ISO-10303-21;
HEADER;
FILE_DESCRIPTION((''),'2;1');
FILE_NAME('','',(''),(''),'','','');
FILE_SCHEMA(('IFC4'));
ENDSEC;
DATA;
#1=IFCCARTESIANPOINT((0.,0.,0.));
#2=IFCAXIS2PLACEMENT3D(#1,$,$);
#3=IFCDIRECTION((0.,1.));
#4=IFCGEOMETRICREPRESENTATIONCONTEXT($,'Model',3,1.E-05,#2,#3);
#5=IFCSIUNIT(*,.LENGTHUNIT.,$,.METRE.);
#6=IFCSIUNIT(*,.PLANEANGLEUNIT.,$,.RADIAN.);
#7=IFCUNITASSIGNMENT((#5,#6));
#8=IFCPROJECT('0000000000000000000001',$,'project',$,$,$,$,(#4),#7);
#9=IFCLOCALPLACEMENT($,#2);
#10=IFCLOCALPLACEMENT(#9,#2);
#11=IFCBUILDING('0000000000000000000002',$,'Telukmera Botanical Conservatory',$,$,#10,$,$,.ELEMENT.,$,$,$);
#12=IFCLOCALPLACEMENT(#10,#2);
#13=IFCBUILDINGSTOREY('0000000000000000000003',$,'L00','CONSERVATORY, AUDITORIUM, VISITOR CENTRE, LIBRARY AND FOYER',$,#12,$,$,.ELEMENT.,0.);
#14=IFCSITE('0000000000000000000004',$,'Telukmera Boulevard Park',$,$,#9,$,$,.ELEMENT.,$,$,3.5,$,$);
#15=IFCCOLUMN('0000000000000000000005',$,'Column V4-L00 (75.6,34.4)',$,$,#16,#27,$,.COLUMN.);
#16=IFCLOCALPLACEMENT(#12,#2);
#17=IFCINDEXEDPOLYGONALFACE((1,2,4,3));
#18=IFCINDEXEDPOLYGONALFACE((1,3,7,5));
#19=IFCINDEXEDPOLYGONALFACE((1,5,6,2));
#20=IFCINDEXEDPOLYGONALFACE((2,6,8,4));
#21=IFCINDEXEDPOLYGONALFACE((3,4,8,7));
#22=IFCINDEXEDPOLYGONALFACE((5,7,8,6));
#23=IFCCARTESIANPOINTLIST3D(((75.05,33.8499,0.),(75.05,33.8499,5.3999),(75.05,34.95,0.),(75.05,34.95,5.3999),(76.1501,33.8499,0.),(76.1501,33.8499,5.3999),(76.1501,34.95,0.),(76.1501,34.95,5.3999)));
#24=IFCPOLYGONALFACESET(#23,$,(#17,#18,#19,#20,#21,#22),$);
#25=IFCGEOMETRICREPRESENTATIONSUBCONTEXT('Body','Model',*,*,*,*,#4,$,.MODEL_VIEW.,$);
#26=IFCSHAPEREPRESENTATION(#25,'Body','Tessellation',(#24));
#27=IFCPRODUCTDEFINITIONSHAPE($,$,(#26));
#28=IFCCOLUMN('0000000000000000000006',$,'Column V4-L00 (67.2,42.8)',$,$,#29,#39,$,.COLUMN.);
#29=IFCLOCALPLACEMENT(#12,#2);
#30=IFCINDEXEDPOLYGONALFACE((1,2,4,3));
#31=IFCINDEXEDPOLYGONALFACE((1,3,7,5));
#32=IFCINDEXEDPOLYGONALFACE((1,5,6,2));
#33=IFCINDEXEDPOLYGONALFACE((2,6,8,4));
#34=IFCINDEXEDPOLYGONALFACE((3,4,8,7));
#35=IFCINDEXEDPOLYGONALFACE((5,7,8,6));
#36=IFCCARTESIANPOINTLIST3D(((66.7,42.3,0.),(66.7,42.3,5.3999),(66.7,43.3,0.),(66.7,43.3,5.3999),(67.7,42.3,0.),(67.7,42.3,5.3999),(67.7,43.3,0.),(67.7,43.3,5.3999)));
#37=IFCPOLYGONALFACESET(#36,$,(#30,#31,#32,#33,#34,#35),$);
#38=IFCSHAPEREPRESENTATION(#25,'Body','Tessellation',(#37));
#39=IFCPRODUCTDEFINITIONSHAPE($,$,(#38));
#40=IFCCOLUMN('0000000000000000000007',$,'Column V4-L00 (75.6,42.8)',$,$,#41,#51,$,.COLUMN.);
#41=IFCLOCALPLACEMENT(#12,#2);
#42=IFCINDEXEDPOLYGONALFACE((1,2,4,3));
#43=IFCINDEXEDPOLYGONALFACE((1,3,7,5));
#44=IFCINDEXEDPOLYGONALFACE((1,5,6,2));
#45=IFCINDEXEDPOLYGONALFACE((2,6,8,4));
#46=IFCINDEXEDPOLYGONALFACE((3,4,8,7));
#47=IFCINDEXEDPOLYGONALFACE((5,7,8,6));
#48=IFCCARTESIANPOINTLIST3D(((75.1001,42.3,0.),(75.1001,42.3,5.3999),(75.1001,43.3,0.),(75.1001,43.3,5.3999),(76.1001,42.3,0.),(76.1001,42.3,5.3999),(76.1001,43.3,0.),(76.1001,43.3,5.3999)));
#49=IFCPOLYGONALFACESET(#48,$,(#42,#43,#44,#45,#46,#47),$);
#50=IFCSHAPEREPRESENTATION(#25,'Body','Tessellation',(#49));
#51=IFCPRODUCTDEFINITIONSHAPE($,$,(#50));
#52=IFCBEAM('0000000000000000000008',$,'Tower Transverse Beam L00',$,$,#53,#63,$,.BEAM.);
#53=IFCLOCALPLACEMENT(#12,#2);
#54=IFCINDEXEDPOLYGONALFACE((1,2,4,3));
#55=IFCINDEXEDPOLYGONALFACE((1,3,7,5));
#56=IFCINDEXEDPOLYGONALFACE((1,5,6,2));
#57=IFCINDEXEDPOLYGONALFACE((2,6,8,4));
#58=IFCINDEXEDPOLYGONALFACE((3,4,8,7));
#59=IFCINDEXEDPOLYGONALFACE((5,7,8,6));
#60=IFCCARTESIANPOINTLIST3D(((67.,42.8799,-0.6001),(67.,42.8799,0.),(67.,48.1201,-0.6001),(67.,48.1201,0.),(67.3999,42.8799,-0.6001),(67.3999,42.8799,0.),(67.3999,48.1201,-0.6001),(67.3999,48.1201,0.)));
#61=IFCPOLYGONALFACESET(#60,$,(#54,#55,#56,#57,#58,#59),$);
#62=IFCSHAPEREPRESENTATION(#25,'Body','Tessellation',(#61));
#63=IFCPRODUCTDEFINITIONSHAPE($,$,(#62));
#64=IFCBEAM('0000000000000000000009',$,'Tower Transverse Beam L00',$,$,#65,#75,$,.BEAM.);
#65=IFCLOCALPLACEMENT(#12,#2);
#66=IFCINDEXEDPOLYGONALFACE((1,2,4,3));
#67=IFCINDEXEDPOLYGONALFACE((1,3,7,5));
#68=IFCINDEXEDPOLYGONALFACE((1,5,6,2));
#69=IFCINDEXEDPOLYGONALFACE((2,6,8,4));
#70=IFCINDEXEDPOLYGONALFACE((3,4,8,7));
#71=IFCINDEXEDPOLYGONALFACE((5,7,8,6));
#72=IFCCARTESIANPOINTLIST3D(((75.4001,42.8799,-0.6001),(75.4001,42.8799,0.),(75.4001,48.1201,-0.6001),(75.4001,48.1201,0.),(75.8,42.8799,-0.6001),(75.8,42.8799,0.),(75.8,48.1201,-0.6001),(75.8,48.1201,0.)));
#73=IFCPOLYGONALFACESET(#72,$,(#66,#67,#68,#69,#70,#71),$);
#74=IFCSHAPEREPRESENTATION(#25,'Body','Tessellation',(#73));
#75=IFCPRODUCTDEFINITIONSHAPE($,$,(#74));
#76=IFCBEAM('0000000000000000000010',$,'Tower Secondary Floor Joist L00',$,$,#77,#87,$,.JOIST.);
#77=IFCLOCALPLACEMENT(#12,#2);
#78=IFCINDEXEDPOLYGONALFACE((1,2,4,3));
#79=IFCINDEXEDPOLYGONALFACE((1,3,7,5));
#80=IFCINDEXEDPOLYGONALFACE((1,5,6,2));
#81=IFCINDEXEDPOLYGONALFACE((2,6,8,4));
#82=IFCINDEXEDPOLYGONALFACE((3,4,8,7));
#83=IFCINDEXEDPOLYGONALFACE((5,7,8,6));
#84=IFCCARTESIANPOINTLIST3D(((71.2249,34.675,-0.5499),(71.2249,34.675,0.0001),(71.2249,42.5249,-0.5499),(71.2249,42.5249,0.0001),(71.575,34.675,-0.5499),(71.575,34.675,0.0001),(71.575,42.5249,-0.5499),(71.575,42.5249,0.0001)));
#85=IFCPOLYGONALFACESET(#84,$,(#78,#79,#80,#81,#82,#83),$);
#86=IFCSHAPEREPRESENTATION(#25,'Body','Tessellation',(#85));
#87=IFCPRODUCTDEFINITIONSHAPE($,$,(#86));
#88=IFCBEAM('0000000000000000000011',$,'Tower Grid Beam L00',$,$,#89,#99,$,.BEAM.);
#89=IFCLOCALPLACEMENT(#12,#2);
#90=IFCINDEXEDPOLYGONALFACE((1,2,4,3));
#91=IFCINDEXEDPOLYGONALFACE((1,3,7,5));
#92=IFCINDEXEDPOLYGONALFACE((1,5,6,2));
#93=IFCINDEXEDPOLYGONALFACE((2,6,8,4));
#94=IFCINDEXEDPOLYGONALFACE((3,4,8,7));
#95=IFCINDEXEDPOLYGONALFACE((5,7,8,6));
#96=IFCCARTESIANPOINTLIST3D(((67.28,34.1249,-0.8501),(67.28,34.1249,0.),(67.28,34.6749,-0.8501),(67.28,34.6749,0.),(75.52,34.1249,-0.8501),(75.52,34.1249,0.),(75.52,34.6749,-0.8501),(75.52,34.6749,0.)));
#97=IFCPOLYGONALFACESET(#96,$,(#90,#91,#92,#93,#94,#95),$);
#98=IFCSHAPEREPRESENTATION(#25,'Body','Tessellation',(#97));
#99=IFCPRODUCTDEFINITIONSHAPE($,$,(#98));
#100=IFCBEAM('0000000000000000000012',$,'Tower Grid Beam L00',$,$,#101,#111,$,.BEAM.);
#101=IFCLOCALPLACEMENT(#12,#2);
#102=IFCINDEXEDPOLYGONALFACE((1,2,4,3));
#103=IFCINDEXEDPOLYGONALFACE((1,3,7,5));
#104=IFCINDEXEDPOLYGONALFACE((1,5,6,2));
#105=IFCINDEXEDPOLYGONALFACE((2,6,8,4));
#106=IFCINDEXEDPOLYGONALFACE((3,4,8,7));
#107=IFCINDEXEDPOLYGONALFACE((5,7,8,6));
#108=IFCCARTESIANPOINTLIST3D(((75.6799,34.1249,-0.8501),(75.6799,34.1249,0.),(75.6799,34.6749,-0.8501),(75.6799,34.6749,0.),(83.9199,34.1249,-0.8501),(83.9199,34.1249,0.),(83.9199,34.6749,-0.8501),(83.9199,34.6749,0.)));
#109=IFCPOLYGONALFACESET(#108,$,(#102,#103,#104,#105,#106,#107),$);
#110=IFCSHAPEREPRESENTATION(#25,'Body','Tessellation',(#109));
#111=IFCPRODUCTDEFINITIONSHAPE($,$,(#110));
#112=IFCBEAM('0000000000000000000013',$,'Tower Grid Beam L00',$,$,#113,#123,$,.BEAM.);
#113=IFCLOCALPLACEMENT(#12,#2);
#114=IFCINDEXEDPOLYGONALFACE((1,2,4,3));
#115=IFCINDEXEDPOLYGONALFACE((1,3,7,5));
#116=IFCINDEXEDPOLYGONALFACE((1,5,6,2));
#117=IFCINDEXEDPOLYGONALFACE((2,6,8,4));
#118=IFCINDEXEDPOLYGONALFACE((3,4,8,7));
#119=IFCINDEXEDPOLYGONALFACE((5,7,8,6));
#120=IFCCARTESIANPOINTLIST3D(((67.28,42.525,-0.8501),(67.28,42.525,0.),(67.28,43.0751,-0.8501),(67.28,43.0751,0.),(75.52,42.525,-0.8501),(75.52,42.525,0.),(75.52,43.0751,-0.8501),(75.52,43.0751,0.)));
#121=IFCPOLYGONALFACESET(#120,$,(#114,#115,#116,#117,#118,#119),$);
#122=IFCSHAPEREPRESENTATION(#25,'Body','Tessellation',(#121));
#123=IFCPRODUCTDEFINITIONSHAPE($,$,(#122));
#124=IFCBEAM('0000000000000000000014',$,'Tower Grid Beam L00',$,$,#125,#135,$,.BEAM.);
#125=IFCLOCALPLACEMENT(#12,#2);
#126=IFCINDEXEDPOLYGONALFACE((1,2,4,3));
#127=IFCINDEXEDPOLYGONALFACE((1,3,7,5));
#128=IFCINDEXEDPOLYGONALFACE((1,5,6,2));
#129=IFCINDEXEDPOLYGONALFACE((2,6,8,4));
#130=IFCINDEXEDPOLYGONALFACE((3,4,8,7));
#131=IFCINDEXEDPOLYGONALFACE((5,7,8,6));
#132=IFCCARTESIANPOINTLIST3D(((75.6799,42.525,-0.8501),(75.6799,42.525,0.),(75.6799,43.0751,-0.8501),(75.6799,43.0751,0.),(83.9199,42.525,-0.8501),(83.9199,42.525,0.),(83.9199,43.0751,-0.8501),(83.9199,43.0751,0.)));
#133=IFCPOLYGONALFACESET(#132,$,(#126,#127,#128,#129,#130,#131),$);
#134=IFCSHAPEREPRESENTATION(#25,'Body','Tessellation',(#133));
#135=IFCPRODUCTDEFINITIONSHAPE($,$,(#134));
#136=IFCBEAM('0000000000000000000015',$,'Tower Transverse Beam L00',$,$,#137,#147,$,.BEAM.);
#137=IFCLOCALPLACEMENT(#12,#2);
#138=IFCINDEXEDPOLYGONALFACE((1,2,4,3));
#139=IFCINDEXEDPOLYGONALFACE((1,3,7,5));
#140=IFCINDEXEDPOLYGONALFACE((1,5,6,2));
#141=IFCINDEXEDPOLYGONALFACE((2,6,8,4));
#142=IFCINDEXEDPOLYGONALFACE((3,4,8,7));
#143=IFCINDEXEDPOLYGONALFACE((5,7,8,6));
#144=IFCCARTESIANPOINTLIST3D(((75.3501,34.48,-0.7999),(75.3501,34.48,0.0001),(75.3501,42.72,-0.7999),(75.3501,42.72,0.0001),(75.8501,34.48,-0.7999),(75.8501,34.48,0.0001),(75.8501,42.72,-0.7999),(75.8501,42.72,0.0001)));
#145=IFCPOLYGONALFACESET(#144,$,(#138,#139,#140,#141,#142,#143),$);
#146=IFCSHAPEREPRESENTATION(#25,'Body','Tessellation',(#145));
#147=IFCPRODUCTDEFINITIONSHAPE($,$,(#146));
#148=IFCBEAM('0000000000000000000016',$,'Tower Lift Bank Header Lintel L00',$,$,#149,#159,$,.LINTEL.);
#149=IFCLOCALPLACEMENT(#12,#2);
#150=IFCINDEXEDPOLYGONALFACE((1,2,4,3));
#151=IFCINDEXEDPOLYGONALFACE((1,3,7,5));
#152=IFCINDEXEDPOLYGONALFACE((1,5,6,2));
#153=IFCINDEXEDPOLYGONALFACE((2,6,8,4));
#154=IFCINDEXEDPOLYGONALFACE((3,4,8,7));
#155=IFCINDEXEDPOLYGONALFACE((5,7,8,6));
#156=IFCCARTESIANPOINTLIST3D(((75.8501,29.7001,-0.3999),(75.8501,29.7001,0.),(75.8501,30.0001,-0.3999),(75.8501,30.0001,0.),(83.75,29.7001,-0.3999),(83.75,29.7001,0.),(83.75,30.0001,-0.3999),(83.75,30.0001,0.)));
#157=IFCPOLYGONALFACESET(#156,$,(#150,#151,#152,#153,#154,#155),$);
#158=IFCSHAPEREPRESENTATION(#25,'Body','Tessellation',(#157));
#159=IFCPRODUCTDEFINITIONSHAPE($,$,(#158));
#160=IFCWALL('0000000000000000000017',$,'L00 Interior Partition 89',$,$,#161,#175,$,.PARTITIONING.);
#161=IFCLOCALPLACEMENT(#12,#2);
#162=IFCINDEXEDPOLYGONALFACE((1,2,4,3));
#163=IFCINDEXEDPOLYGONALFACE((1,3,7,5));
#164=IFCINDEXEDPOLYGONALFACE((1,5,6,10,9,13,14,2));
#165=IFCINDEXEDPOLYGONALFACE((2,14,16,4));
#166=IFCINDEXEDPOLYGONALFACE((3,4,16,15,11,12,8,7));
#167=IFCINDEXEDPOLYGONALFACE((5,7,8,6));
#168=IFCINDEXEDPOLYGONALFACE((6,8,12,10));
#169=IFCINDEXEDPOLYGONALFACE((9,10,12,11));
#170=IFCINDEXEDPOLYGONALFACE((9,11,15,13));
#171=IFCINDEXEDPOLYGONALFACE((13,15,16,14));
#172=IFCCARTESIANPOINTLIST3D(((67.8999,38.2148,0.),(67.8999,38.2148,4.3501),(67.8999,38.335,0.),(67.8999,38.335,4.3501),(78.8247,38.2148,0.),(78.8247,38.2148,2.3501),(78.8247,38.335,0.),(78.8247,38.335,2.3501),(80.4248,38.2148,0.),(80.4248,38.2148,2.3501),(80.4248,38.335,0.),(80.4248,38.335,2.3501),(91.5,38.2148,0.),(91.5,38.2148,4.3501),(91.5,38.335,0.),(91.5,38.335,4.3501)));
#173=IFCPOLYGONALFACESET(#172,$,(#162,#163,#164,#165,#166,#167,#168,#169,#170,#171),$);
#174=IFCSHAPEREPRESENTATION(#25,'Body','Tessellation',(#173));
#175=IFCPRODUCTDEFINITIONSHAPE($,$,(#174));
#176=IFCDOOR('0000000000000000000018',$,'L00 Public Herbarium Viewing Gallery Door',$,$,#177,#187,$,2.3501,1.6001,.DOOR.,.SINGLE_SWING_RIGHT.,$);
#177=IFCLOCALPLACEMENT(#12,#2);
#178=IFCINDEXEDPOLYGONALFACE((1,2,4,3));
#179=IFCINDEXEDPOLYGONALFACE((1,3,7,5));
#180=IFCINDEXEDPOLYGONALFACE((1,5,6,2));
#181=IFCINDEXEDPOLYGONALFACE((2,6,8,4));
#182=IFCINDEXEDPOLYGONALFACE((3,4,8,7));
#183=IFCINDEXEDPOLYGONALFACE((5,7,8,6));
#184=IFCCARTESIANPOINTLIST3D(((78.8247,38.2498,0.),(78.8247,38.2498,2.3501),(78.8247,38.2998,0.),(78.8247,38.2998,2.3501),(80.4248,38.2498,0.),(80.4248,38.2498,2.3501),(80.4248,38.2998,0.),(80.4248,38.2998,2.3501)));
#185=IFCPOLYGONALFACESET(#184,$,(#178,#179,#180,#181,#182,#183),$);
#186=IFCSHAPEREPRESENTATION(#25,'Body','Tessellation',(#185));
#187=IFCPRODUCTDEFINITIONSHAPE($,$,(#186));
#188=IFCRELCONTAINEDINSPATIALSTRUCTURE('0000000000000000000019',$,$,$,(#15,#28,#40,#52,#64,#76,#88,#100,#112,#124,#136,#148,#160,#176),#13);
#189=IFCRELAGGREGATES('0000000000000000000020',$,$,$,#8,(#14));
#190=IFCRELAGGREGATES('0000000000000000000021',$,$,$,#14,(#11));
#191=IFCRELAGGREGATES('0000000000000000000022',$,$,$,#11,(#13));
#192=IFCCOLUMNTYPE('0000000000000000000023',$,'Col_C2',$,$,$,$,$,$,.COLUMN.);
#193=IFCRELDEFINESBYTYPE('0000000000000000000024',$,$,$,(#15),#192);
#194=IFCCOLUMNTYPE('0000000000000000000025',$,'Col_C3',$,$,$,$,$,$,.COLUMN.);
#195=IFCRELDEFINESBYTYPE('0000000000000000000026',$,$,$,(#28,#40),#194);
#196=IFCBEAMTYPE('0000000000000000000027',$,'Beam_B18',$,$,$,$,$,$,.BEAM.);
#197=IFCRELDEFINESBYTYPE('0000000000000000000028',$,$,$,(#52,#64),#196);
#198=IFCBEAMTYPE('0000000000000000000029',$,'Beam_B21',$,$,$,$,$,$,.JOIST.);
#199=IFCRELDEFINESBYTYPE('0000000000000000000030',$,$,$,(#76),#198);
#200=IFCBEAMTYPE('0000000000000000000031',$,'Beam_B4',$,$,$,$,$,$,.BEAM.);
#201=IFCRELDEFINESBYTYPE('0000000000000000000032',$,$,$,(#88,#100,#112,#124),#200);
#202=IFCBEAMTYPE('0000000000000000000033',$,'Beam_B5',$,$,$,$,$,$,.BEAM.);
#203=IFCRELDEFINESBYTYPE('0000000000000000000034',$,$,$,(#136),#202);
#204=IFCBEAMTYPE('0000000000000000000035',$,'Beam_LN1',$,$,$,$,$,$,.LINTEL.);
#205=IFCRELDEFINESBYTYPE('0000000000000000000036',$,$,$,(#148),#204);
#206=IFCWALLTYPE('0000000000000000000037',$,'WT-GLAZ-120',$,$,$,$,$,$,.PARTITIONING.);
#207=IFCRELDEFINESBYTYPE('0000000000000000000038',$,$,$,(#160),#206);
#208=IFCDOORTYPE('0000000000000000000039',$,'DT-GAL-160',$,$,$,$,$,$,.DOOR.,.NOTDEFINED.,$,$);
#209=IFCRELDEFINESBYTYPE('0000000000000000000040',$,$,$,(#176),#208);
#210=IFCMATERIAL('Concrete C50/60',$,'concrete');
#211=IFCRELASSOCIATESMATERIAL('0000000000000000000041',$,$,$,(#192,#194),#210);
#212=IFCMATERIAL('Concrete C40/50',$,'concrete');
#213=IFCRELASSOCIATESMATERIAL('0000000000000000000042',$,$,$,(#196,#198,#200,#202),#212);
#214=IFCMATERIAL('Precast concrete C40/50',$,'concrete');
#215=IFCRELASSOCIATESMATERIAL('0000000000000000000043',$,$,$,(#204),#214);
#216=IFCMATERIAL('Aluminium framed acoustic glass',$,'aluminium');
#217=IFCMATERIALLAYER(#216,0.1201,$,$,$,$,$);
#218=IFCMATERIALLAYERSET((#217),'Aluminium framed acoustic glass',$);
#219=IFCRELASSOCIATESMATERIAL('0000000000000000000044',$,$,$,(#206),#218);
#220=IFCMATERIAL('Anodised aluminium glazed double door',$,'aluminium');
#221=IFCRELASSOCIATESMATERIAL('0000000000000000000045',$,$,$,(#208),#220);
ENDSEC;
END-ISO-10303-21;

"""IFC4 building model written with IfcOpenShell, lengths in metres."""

from ifc_helpers import new_model, si_unit, direction, frame, frame_2d, origin, origin_2d, place, context, subcontext, project, spatial, rectangle, extrude, material, layer, layer_set, material_profile, profile_set, type_object, element, fill, save


model = new_model("IFC4")

# Units and contexts
model_context = context("Model", 3, precision=1e-05, world=origin(), true_north=direction((0.0, 1.0)))
body_context = subcontext(model_context, "Body", "Model", "MODEL_VIEW")
ifc_project = project(units=[si_unit("LENGTHUNIT", "METRE"), si_unit("PLANEANGLEUNIT", "RADIAN")], contexts=[model_context])

# Site, building, storey
site_placement = place(None, origin())
site = spatial("IfcSite", under=ifc_project, at=site_placement, Name="Telukmera Boulevard Park", CompositionType="ELEMENT", RefElevation=3.5)
building_placement = place(site_placement, origin())
building = spatial("IfcBuilding", under=site, at=building_placement, Name="Telukmera Botanical Conservatory", CompositionType="ELEMENT")
storey_placement = place(building_placement, origin())
storey = spatial("IfcBuildingStorey", under=building, at=storey_placement, Name="L00", Description="CONSERVATORY, AUDITORIUM, VISITOR CENTRE, LIBRARY AND FOYER", CompositionType="ELEMENT", Elevation=0.0)

# Columns
ifc_material_1 = material(Name="Concrete C50/60", Category="concrete")
ifc_material_profile_1 = material_profile(ifc_material_1, rectangle(XDim=1.1001, YDim=1.1001, at=origin_2d()), Name="RC 1100x1100")
ifc_profile_set_1 = profile_set([ifc_material_profile_1], Name="Concrete C50/60")
column_type_1 = type_object("IfcColumnType", Name="Col_C2", PredefinedType="COLUMN", material=ifc_profile_set_1)
column_placement = place(storey_placement, frame((75.6001, 34.3999, 0.0), z_axis=(0.0, 0.0, 1.0), x_axis=(1.0, 0.0, 0.0)))
element("IfcColumn", 1, at=column_placement, inside=storey, type_object=column_type_1, Name="Column V4-L00 (75.6,34.4)", PredefinedType="COLUMN", context=body_context, shape_type="SweptSolid", body=[
    extrude(rectangle(XDim=1.1001, YDim=1.1001, at=origin_2d()), origin(), (0.0, 0.0, 1.0), 5.3999),
])
ifc_material_profile_2 = material_profile(ifc_material_1, rectangle(XDim=1.0, YDim=1.0, at=origin_2d()), Name="RC 1000x1000")
ifc_profile_set_2 = profile_set([ifc_material_profile_2], Name="Concrete C50/60")
column_type_2 = type_object("IfcColumnType", Name="Col_C3", PredefinedType="COLUMN", material=ifc_profile_set_2)
for number, where, z_axis, x_axis, name in (
    (2, (67.2, 42.8, 0.0), (0.0, 0.0, 1.0), (1.0, 0.0, 0.0), "Column V4-L00 (67.2,42.8)"),
    (3, (75.6001, 42.8, 0.0), (0.0, 0.0, 1.0), (1.0, 0.0, 0.0), "Column V4-L00 (75.6,42.8)"),
):
    element("IfcColumn", number, at=place(storey_placement, frame(where, z_axis=z_axis, x_axis=x_axis)), inside=storey, type_object=column_type_2, Name=name, PredefinedType="COLUMN", context=body_context, shape_type="SweptSolid", body=[
        extrude(rectangle(XDim=1.0, YDim=1.0, at=origin_2d()), origin(), (0.0, 0.0, 1.0), 5.3999),
    ])

# Beams
ifc_material_2 = material(Name="Concrete C40/50", Category="concrete")
ifc_material_profile_3 = material_profile(ifc_material_2, rectangle(XDim=0.3999, YDim=0.6001, at=origin_2d()), Name="RC 400x600")
ifc_profile_set_3 = profile_set([ifc_material_profile_3], Name="Concrete C40/50")
beam_type_1 = type_object("IfcBeamType", Name="Beam_B18", PredefinedType="BEAM", material=ifc_profile_set_3)
for number, where, z_axis, x_axis, name in (
    (4, (67.2, 42.8799, -0.3), (0.0, 1.0, 0.0), (-1.0, 0.0, 0.0), "Tower Transverse Beam L00"),
    (5, (75.6001, 42.8799, -0.3), (0.0, 1.0, 0.0), (-1.0, 0.0, 0.0), "Tower Transverse Beam L00"),
):
    element("IfcBeam", number, at=place(storey_placement, frame(where, z_axis=z_axis, x_axis=x_axis)), inside=storey, type_object=beam_type_1, Name=name, PredefinedType="BEAM", context=body_context, shape_type="SweptSolid", body=[
        extrude(rectangle(XDim=0.3999, YDim=0.6001, at=origin_2d()), origin(), (0.0, 0.0, 1.0), 5.2402),
    ])
ifc_material_profile_4 = material_profile(ifc_material_2, rectangle(XDim=0.3501, YDim=0.55, at=origin_2d()), Name="RC 350x550")
ifc_profile_set_4 = profile_set([ifc_material_profile_4], Name="Concrete C40/50")
beam_type_2 = type_object("IfcBeamType", Name="Beam_B21", PredefinedType="JOIST", material=ifc_profile_set_4)
beam_1_placement = place(storey_placement, frame((71.3999, 34.675, -0.2749), z_axis=(0.0, 1.0, 0.0), x_axis=(-1.0, 0.0, 0.0)))
element("IfcBeam", 6, at=beam_1_placement, inside=storey, type_object=beam_type_2, Name="Tower Secondary Floor Joist L00", PredefinedType="JOIST", context=body_context, shape_type="SweptSolid", body=[
    extrude(rectangle(XDim=0.3501, YDim=0.55, at=origin_2d()), origin(), (0.0, 0.0, 1.0), 7.8499),
])
ifc_material_profile_5 = material_profile(ifc_material_2, rectangle(XDim=0.55, YDim=0.8501, at=origin_2d()), Name="RC 550x850")
ifc_profile_set_5 = profile_set([ifc_material_profile_5], Name="Concrete C40/50")
beam_type_3 = type_object("IfcBeamType", Name="Beam_B4", PredefinedType="BEAM", material=ifc_profile_set_5)
for number, where, z_axis, x_axis, name in (
    (7, (67.28, 34.3999, -0.425), (1.0, 0.0, 0.0), (0.0, 1.0, 0.0), "Tower Grid Beam L00"),
    (8, (75.6799, 34.3999, -0.425), (1.0, 0.0, 0.0), (0.0, 1.0, 0.0), "Tower Grid Beam L00"),
    (9, (67.28, 42.8, -0.425), (1.0, 0.0, 0.0), (0.0, 1.0, 0.0), "Tower Grid Beam L00"),
    (10, (75.6799, 42.8, -0.425), (1.0, 0.0, 0.0), (0.0, 1.0, 0.0), "Tower Grid Beam L00"),
):
    element("IfcBeam", number, at=place(storey_placement, frame(where, z_axis=z_axis, x_axis=x_axis)), inside=storey, type_object=beam_type_3, Name=name, PredefinedType="BEAM", context=body_context, shape_type="SweptSolid", body=[
        extrude(rectangle(XDim=0.55, YDim=0.8501, at=origin_2d()), origin(), (0.0, 0.0, 1.0), 8.24),
    ])
ifc_material_profile_6 = material_profile(ifc_material_2, rectangle(XDim=0.5, YDim=0.8, at=origin_2d()), Name="RC 500x800")
ifc_profile_set_6 = profile_set([ifc_material_profile_6], Name="Concrete C40/50")
beam_type_4 = type_object("IfcBeamType", Name="Beam_B5", PredefinedType="BEAM", material=ifc_profile_set_6)
beam_2_placement = place(storey_placement, frame((75.6001, 34.48, -0.3999), z_axis=(0.0, 1.0, 0.0), x_axis=(-1.0, 0.0, 0.0)))
element("IfcBeam", 11, at=beam_2_placement, inside=storey, type_object=beam_type_4, Name="Tower Transverse Beam L00", PredefinedType="BEAM", context=body_context, shape_type="SweptSolid", body=[
    extrude(rectangle(XDim=0.5, YDim=0.8, at=origin_2d()), origin(), (0.0, 0.0, 1.0), 8.24),
])
ifc_material_3 = material(Name="Precast concrete C40/50", Category="concrete")
ifc_material_profile_7 = material_profile(ifc_material_3, rectangle(XDim=0.3, YDim=0.3999, at=origin_2d()), Name="PC 300x400")
ifc_profile_set_7 = profile_set([ifc_material_profile_7], Name="Precast concrete C40/50")
beam_type_5 = type_object("IfcBeamType", Name="Beam_LN1", PredefinedType="LINTEL", material=ifc_profile_set_7)
beam_3_placement = place(storey_placement, frame((75.8501, 29.8501, -0.2), z_axis=(1.0, 0.0, 0.0), x_axis=(0.0, 1.0, 0.0)))
element("IfcBeam", 12, at=beam_3_placement, inside=storey, type_object=beam_type_5, Name="Tower Lift Bank Header Lintel L00", PredefinedType="LINTEL", context=body_context, shape_type="SweptSolid", body=[
    extrude(rectangle(XDim=0.3, YDim=0.3999, at=origin_2d()), origin(), (0.0, 0.0, 1.0), 7.8999),
])

# Wall, opening, door
ifc_material_4 = material(Name="Aluminium framed acoustic glass", Category="aluminium")
ifc_layer_1 = layer(ifc_material_4, 0.1201)
ifc_layer_set_1 = layer_set([ifc_layer_1], Name="Aluminium framed acoustic glass")
wall_type_1 = type_object("IfcWallType", Name="WT-GLAZ-120", PredefinedType="PARTITIONING", material=ifc_layer_set_1)
wall_1_placement = place(storey_placement, frame((67.8999, 38.2749, 0.0), z_axis=(0.0, 0.0, 1.0), x_axis=(1.0, 0.0, 0.0)))
wall_1 = element("IfcWall", 13, at=wall_1_placement, inside=storey, type_object=wall_type_1, Name="L00 Interior Partition 89", PredefinedType="PARTITIONING", context=body_context, shape_type="SweptSolid", body=[
    extrude(rectangle(XDim=23.6001, YDim=0.1201, at=frame_2d((11.8, 0.0))), origin(), (0.0, 0.0, 1.0), 4.3501),
])
opening_1_placement = place(wall_1_placement, frame((10.9248, 0.0, 0.0)))
opening_1 = element("IfcOpeningElement", 14, at=opening_1_placement, cuts=wall_1, PredefinedType="OPENING", context=body_context, shape_type="SweptSolid", body=[
    extrude(rectangle(XDim=1.6001, YDim=2.3501, at=frame_2d((0.8, 1.175))), frame((0.0, 0.0701, 0.0), z_axis=(0.0, -1.0, 0.0), x_axis=(1.0, 0.0, 0.0)), (0.0, 0.0, 1.0), 0.1401),
])
ifc_material_5 = material(Name="Anodised aluminium glazed double door", Category="aluminium")
door_type_1 = type_object("IfcDoorType", Name="DT-GAL-160", OperationType="NOTDEFINED", PredefinedType="DOOR", material=ifc_material_5)
door_1_placement = place(opening_1_placement, origin())
door_1 = element("IfcDoor", 15, at=door_1_placement, inside=storey, type_object=door_type_1, Name="L00 Public Herbarium Viewing Gallery Door", OperationType="SINGLE_SWING_RIGHT", OverallHeight=2.3501, OverallWidth=1.6001, PredefinedType="DOOR", context=body_context, shape_type="SweptSolid", body=[
    extrude(rectangle(XDim=1.6001, YDim=2.3501, at=frame_2d((0.8, 1.175))), frame((0.0, 0.0249, 0.0), z_axis=(0.0, -1.0, 0.0), x_axis=(1.0, 0.0, 0.0)), (0.0, 0.0, 1.0), 0.05),
])
fill(opening_1, door_1)

save(model, "model.ifc")
